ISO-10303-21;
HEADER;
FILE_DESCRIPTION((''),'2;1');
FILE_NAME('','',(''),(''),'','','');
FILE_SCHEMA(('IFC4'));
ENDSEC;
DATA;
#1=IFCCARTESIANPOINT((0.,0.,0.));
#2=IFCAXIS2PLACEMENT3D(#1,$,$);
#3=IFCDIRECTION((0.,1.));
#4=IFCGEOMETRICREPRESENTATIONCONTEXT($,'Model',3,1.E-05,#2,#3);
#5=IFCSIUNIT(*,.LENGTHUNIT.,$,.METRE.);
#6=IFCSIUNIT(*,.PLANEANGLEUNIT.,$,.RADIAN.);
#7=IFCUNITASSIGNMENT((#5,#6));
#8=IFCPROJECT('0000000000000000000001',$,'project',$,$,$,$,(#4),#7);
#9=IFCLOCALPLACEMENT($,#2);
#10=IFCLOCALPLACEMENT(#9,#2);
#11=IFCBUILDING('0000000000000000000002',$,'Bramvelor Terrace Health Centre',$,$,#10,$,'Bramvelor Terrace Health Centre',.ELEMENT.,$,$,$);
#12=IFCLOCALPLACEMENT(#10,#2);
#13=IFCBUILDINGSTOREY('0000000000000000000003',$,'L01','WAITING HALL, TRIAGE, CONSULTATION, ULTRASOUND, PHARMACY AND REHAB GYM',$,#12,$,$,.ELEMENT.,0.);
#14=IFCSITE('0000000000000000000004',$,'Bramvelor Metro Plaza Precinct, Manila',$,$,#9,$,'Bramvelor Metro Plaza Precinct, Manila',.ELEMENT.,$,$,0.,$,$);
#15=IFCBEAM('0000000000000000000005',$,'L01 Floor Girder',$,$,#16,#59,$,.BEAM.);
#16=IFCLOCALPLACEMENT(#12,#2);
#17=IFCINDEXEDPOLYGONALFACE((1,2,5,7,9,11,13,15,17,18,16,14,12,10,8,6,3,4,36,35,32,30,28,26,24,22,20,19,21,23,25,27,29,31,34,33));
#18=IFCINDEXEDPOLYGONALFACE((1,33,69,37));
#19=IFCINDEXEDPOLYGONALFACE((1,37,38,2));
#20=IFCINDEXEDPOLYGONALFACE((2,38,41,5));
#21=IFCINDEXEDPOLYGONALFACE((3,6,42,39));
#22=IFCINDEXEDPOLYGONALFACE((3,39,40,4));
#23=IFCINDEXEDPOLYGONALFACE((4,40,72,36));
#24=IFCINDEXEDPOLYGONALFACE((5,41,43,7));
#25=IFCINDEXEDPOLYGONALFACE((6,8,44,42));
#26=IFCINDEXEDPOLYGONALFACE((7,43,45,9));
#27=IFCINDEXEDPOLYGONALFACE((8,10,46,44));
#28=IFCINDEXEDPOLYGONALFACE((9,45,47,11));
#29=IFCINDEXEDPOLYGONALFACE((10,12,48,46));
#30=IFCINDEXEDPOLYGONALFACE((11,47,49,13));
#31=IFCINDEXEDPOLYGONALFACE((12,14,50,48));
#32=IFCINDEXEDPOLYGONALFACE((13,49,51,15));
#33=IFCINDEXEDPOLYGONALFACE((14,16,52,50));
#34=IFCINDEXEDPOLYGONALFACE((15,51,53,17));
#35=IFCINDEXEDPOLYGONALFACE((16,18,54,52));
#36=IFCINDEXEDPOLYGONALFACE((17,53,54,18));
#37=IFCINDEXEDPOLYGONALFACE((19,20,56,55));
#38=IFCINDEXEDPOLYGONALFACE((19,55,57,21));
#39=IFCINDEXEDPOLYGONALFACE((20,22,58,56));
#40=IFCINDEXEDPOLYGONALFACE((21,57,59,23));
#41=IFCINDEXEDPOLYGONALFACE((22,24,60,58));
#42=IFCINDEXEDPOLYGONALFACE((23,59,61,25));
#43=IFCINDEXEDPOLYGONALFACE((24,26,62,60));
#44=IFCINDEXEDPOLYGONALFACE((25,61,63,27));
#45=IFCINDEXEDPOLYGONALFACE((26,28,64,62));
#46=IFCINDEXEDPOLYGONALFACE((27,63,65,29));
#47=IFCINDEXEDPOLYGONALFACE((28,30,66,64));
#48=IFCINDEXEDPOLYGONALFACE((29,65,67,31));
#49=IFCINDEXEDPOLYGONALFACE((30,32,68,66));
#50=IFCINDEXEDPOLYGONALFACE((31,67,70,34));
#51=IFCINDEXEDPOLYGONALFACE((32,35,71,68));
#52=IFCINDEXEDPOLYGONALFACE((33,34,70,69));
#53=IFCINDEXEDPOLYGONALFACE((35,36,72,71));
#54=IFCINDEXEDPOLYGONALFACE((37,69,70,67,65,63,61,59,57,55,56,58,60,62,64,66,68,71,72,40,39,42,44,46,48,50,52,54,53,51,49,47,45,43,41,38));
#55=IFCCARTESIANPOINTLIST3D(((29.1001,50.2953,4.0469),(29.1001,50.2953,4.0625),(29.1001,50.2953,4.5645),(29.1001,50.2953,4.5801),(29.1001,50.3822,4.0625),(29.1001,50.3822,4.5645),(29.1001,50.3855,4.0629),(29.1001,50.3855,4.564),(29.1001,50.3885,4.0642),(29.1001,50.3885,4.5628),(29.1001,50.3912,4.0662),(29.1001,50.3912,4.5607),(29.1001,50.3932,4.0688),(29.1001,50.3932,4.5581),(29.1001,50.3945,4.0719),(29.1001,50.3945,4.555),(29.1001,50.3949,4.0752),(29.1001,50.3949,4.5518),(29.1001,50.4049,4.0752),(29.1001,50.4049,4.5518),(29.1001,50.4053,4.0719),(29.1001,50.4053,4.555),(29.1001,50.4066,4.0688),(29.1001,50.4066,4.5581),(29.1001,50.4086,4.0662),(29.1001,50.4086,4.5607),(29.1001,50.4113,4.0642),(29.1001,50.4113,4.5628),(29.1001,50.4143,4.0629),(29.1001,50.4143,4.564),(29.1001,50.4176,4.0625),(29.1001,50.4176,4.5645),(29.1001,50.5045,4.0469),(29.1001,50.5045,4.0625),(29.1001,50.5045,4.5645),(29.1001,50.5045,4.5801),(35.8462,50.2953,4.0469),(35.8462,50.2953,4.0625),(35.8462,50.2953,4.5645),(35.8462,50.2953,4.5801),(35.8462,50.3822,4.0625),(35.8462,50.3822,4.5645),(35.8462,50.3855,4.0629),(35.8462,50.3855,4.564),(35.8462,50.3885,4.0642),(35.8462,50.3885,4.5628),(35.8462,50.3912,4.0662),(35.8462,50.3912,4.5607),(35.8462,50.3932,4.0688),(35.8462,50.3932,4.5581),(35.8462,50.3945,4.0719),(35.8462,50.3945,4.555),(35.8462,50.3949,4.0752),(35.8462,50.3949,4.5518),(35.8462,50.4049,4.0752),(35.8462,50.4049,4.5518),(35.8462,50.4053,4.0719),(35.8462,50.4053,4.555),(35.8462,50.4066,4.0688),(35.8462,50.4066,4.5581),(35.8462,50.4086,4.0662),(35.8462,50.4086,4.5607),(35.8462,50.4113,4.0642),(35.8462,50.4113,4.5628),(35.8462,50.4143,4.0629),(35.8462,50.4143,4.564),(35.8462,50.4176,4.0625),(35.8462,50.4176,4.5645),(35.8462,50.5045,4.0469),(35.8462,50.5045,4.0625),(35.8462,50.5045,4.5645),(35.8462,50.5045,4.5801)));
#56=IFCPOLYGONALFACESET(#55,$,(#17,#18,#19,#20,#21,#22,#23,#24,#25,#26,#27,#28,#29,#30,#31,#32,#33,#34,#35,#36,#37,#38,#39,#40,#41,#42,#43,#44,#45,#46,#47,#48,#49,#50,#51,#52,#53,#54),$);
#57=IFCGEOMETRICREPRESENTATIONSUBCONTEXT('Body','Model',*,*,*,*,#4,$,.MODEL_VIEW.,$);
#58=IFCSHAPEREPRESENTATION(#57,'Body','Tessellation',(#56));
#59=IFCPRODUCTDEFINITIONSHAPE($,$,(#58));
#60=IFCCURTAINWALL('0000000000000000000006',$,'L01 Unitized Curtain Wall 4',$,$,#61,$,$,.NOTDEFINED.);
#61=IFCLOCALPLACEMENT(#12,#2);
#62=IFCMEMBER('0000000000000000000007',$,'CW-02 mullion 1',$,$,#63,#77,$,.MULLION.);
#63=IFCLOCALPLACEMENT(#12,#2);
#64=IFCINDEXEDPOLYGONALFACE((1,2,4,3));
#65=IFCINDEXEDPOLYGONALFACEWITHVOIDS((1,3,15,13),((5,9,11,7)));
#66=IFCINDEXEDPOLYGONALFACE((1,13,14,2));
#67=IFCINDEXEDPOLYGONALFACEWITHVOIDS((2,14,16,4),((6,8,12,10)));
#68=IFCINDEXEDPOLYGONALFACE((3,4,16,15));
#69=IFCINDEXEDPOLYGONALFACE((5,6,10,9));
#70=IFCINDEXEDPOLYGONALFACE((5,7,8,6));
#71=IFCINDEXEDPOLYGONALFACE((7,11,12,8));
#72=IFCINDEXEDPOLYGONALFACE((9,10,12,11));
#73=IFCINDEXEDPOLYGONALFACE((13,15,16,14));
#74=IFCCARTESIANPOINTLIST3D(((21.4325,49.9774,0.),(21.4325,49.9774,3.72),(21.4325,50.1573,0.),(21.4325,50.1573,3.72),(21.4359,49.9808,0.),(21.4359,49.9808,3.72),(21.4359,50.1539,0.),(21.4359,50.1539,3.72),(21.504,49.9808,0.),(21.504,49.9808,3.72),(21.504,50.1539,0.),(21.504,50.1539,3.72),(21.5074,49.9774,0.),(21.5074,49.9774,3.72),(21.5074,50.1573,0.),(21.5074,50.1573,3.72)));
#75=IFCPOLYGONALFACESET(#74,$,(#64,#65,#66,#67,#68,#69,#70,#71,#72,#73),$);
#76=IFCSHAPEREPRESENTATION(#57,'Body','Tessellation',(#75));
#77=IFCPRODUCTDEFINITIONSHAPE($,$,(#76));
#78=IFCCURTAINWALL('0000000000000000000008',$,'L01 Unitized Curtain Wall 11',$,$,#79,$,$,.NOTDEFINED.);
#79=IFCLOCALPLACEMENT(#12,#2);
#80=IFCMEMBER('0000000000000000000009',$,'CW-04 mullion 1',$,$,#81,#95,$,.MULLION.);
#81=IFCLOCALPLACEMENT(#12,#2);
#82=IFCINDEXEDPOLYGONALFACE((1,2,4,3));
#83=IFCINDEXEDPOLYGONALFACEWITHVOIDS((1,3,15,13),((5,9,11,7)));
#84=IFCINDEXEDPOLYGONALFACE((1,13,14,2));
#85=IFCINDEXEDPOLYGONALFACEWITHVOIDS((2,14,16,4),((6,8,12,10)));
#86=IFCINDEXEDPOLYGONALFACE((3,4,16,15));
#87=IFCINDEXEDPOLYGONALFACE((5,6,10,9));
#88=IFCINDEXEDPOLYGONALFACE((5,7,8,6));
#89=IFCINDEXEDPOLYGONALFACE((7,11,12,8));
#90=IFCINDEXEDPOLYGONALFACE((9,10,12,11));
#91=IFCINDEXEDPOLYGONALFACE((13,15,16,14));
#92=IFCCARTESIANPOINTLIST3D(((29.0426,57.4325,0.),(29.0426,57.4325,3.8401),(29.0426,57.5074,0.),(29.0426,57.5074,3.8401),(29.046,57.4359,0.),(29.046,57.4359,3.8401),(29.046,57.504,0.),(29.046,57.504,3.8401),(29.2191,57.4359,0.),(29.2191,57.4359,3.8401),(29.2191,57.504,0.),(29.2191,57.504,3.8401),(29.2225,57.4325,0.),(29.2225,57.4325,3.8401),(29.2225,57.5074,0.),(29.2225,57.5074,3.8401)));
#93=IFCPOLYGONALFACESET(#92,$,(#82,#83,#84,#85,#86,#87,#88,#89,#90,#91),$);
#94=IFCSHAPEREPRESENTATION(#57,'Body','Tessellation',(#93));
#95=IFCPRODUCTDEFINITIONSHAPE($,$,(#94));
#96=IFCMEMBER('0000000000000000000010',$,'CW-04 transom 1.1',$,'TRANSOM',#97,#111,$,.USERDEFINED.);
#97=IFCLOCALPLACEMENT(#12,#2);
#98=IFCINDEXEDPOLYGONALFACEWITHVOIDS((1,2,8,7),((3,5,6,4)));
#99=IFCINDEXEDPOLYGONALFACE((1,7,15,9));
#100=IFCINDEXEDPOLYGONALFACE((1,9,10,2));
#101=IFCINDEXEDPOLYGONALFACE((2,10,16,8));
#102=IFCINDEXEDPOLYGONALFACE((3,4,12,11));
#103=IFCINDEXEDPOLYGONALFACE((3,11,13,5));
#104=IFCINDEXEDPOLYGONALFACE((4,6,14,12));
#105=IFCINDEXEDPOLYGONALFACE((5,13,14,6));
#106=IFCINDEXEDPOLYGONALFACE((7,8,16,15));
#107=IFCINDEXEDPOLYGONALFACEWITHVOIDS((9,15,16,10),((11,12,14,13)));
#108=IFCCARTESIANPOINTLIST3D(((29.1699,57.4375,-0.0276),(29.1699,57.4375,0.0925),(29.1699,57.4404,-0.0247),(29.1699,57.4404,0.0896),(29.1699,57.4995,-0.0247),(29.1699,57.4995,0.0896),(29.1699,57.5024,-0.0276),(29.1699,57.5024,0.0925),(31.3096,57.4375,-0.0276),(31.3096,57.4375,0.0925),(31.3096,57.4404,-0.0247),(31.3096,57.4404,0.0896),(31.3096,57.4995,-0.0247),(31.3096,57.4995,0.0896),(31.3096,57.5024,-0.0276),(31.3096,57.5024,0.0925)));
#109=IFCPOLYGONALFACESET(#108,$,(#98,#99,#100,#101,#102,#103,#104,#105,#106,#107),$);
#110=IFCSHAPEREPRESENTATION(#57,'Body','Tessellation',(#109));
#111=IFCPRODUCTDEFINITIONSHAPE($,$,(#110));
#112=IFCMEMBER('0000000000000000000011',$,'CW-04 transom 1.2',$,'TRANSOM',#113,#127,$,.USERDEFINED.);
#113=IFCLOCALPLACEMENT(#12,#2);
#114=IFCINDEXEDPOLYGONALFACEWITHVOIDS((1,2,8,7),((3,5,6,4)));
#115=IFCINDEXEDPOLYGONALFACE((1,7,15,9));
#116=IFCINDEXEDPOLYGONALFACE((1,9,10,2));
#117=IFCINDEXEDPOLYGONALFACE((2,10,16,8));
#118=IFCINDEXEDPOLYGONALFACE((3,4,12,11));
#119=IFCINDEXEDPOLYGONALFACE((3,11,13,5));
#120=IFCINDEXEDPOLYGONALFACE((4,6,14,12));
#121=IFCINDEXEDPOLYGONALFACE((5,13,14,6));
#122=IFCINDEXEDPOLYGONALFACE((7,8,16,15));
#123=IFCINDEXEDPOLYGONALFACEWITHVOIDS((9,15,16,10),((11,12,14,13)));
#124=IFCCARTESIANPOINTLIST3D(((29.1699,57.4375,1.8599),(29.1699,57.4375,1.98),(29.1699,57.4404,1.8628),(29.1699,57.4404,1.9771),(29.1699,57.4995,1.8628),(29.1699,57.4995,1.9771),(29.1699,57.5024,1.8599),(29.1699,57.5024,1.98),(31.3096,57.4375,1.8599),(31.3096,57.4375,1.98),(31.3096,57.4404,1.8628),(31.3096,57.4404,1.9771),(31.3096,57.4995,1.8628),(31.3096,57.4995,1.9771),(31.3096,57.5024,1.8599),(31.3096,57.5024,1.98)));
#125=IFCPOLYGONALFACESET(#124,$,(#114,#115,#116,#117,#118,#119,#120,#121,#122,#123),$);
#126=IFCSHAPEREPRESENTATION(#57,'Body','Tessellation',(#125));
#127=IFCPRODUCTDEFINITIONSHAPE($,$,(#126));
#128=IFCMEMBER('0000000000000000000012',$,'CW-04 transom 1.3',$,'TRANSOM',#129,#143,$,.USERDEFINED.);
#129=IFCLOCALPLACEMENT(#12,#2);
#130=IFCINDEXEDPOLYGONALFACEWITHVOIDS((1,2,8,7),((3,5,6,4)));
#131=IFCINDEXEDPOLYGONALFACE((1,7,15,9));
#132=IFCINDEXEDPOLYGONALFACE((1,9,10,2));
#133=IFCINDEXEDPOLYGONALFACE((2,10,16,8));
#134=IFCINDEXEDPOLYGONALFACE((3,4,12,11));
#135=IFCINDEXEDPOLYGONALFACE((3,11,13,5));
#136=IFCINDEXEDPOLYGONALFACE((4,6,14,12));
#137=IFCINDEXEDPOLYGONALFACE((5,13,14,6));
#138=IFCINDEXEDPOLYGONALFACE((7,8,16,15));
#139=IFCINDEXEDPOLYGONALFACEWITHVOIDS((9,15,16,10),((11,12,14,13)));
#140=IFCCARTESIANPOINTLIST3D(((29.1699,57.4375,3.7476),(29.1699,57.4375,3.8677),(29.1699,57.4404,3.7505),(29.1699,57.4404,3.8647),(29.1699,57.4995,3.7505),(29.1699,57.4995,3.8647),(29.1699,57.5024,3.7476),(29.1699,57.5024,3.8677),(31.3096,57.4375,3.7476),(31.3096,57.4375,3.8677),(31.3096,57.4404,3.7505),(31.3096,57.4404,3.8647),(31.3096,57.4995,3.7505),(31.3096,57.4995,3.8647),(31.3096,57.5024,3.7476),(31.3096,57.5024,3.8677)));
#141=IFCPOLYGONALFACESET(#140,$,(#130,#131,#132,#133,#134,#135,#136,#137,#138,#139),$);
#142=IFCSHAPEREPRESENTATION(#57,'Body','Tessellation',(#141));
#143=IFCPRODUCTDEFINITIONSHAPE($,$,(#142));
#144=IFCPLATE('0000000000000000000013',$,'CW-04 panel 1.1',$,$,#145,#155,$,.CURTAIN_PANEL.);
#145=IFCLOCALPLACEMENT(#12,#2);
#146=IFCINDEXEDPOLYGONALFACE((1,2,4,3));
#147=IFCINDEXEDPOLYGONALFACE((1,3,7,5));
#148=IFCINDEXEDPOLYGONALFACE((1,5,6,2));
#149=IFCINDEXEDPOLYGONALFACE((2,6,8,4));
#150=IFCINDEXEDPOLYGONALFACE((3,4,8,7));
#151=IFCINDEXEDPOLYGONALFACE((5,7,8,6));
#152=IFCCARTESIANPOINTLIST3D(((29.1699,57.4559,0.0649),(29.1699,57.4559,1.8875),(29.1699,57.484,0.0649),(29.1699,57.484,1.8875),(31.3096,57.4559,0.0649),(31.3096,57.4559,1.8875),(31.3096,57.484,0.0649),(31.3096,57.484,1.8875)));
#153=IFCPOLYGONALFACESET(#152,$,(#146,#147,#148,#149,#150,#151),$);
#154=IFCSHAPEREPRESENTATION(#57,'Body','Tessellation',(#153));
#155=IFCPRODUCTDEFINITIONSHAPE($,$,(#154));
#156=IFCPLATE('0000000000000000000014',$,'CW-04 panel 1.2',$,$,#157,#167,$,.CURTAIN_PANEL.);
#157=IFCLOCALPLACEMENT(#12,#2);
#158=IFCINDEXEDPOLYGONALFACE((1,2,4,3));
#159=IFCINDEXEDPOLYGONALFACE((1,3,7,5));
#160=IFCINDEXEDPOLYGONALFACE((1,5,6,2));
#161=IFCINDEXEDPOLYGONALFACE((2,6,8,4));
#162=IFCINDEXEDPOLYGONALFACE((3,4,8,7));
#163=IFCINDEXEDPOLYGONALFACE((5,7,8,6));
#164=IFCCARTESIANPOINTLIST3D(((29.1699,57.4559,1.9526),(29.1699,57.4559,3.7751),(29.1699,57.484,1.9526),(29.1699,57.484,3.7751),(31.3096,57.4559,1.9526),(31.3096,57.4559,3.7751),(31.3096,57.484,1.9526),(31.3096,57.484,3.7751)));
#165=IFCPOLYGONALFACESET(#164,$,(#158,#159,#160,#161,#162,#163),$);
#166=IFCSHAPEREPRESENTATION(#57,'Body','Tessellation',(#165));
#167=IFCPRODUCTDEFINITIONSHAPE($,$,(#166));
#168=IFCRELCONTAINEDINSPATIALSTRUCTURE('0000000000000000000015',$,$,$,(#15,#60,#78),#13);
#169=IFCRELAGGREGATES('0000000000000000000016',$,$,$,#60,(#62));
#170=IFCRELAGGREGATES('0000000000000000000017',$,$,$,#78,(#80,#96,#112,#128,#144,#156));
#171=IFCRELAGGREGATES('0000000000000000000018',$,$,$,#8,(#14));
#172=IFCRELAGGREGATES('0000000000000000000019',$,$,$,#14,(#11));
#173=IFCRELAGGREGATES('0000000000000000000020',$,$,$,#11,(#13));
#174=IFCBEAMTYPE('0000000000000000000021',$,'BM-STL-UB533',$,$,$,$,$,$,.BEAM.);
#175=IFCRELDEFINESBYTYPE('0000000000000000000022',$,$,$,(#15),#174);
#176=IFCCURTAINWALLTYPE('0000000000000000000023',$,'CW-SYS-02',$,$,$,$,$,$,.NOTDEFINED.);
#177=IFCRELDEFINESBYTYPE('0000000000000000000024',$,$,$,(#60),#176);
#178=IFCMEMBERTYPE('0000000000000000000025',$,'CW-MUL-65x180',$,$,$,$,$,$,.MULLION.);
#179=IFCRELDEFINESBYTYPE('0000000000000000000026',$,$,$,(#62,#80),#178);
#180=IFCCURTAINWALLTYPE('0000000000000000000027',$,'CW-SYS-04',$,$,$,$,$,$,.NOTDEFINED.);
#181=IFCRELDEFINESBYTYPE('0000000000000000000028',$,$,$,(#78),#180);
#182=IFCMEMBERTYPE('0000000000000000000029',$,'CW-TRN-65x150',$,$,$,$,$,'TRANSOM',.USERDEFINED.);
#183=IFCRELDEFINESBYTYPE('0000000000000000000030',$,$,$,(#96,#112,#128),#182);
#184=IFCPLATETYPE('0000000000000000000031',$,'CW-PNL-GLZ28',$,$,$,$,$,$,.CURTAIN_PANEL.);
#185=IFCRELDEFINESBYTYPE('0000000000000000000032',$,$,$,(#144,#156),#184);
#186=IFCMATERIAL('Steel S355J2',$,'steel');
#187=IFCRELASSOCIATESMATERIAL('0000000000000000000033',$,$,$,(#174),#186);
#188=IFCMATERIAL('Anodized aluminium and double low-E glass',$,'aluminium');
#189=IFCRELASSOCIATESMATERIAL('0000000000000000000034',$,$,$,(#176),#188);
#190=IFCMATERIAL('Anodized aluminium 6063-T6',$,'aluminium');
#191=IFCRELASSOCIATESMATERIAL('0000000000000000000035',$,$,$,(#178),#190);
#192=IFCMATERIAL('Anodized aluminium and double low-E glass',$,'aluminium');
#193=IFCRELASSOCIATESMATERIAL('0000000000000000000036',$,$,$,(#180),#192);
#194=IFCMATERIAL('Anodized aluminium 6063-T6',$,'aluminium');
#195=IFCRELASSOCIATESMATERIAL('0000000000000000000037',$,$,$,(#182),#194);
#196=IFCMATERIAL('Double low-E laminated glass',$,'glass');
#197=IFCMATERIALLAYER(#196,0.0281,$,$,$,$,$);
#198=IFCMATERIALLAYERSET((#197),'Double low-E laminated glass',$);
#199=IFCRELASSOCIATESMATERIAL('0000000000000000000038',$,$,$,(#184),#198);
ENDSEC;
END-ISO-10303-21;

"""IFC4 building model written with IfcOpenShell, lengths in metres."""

from ifc_helpers import new_model, si_unit, direction, frame, origin, origin_2d, place, context, subcontext, project, spatial, rectangle, hollow_rectangle, i_section, extrude, material, layer, layer_set, material_profile, profile_set, type_object, element, aggregate, save


model = new_model("IFC4")

# Units and contexts
model_context = context("Model", 3, precision=1e-05, world=origin(), true_north=direction((0.0, 1.0)))
body_context = subcontext(model_context, "Body", "Model", "MODEL_VIEW")
ifc_project = project(units=[si_unit("LENGTHUNIT", "METRE"), si_unit("PLANEANGLEUNIT", "RADIAN")], contexts=[model_context])

# Site, building, storey
site_placement = place(None, origin())
site = spatial("IfcSite", under=ifc_project, at=site_placement, Name="Bramvelor Metro Plaza Precinct, Manila", LongName="Bramvelor Metro Plaza Precinct, Manila", CompositionType="ELEMENT", RefElevation=0.0)
building_placement = place(site_placement, origin())
building = spatial("IfcBuilding", under=site, at=building_placement, Name="Bramvelor Terrace Health Centre", LongName="Bramvelor Terrace Health Centre", CompositionType="ELEMENT")
storey_placement = place(building_placement, origin())
storey = spatial("IfcBuildingStorey", under=building, at=storey_placement, Name="L01", Description="WAITING HALL, TRIAGE, CONSULTATION, ULTRASOUND, PHARMACY AND REHAB GYM", CompositionType="ELEMENT", Elevation=0.0)

# Beam
ifc_material_1 = material(Name="Steel S355J2", Category="steel")
ifc_material_profile_1 = material_profile(ifc_material_1, i_section(OverallWidth=0.2092, OverallDepth=0.5332, WebThickness=0.01, FlangeThickness=0.0156, FilletRadius=0.0127, at=origin_2d()), Name="UB 533x210x92")
ifc_profile_set_1 = profile_set([ifc_material_profile_1], Name="Steel S355J2")
beam_type_1 = type_object("IfcBeamType", Name="BM-STL-UB533", PredefinedType="BEAM", material=ifc_profile_set_1)
beam_1_placement = place(storey_placement, frame((29.1001, 50.3999, 4.3135), z_axis=(1.0, 0.0, 0.0), x_axis=(0.0, 1.0, 0.0)))
element("IfcBeam", 1, at=beam_1_placement, inside=storey, type_object=beam_type_1, Name="L01 Floor Girder", PredefinedType="BEAM", context=body_context, shape_type="SweptSolid", body=[
    extrude(i_section(OverallWidth=0.2092, OverallDepth=0.5332, WebThickness=0.01, FlangeThickness=0.0156, FilletRadius=0.0127, at=origin_2d()), origin(), (0.0, 0.0, 1.0), 6.7461),
])

# Curtain wall, member
ifc_material_2 = material(Name="Anodized aluminium and double low-E glass", Category="aluminium")
curtain_wall_type_1 = type_object("IfcCurtainWallType", Name="CW-SYS-02", PredefinedType="NOTDEFINED", material=ifc_material_2)
curtain_wall_1_placement = place(storey_placement, origin())
curtain_wall_1 = element("IfcCurtainWall", 2, at=curtain_wall_1_placement, inside=storey, type_object=curtain_wall_type_1, Name="L01 Unitized Curtain Wall 4", PredefinedType="NOTDEFINED")
ifc_material_3 = material(Name="Anodized aluminium 6063-T6", Category="aluminium")
ifc_material_profile_2 = material_profile(ifc_material_3, hollow_rectangle(XDim=0.075, YDim=0.1799, WallThickness=0.0034, at=origin_2d()), Name="ALU-MUL 75x180x3.5")
ifc_profile_set_2 = profile_set([ifc_material_profile_2], Name="Anodized aluminium 6063-T6")
member_type_1 = type_object("IfcMemberType", Name="CW-MUL-65x180", PredefinedType="MULLION", material=ifc_profile_set_2)
member_1_placement = place(storey_placement, frame((21.47, 50.0674, 0.0), z_axis=(0.0, 0.0, 1.0), x_axis=(1.0, 0.0, 0.0)))
member_1 = element("IfcMember", 3, at=member_1_placement, type_object=member_type_1, Name="CW-02 mullion 1", PredefinedType="MULLION", context=body_context, shape_type="SweptSolid", body=[
    extrude(hollow_rectangle(XDim=0.075, YDim=0.1799, WallThickness=0.0034, at=origin_2d()), origin(), (0.0, 0.0, 1.0), 3.72),
])
aggregate(curtain_wall_1, [member_1])

# Curtain wall, members, plates
ifc_material_4 = material(Name="Anodized aluminium and double low-E glass", Category="aluminium")
curtain_wall_type_2 = type_object("IfcCurtainWallType", Name="CW-SYS-04", PredefinedType="NOTDEFINED", material=ifc_material_4)
curtain_wall_2_placement = place(storey_placement, origin())
curtain_wall_2 = element("IfcCurtainWall", 4, at=curtain_wall_2_placement, inside=storey, type_object=curtain_wall_type_2, Name="L01 Unitized Curtain Wall 11", PredefinedType="NOTDEFINED")
member_2_placement = place(storey_placement, frame((29.1326, 57.47, 0.0), z_axis=(0.0, 0.0, 1.0), x_axis=(0.0, 1.0, 0.0)))
member_2 = element("IfcMember", 5, at=member_2_placement, type_object=member_type_1, Name="CW-04 mullion 1", PredefinedType="MULLION", context=body_context, shape_type="SweptSolid", body=[
    extrude(hollow_rectangle(XDim=0.075, YDim=0.1799, WallThickness=0.0034, at=origin_2d()), origin(), (0.0, 0.0, 1.0), 3.8401),
])
ifc_material_5 = material(Name="Anodized aluminium 6063-T6", Category="aluminium")
ifc_material_profile_3 = material_profile(ifc_material_5, hollow_rectangle(XDim=0.0649, YDim=0.1201, WallThickness=0.0029, at=origin_2d()), Name="ALU-TRN 65x120x3.0")
ifc_profile_set_3 = profile_set([ifc_material_profile_3], Name="Anodized aluminium 6063-T6")
member_type_2 = type_object("IfcMemberType", Name="CW-TRN-65x150", ElementType="TRANSOM", PredefinedType="USERDEFINED", material=ifc_profile_set_3)
member_3_placement = place(storey_placement, frame((29.1699, 57.47, 0.0325), z_axis=(1.0, 0.0, 0.0), x_axis=(0.0, 1.0, 0.0)))
member_3 = element("IfcMember", 6, at=member_3_placement, type_object=member_type_2, Name="CW-04 transom 1.1", ObjectType="TRANSOM", PredefinedType="USERDEFINED", context=body_context, shape_type="SweptSolid", body=[
    extrude(hollow_rectangle(XDim=0.0649, YDim=0.1201, WallThickness=0.0029, at=origin_2d()), origin(), (0.0, 0.0, 1.0), 2.1396),
])
member_4_placement = place(storey_placement, frame((29.1699, 57.47, 1.9199), z_axis=(1.0, 0.0, 0.0), x_axis=(0.0, 1.0, 0.0)))
member_4 = element("IfcMember", 7, at=member_4_placement, type_object=member_type_2, Name="CW-04 transom 1.2", ObjectType="TRANSOM", PredefinedType="USERDEFINED", context=body_context, shape_type="SweptSolid", body=[
    extrude(hollow_rectangle(XDim=0.0649, YDim=0.1201, WallThickness=0.0029, at=origin_2d()), origin(), (0.0, 0.0, 1.0), 2.1396),
])
member_5_placement = place(storey_placement, frame((29.1699, 57.47, 3.8076), z_axis=(1.0, 0.0, 0.0), x_axis=(0.0, 1.0, 0.0)))
member_5 = element("IfcMember", 8, at=member_5_placement, type_object=member_type_2, Name="CW-04 transom 1.3", ObjectType="TRANSOM", PredefinedType="USERDEFINED", context=body_context, shape_type="SweptSolid", body=[
    extrude(hollow_rectangle(XDim=0.0649, YDim=0.1201, WallThickness=0.0029, at=origin_2d()), origin(), (0.0, 0.0, 1.0), 2.1396),
])
ifc_material_6 = material(Name="Double low-E laminated glass", Category="glass")
ifc_layer_1 = layer(ifc_material_6, 0.0281)
ifc_layer_set_1 = layer_set([ifc_layer_1], Name="Double low-E laminated glass")
plate_type = type_object("IfcPlateType", Name="CW-PNL-GLZ28", PredefinedType="CURTAIN_PANEL", material=ifc_layer_set_1)
plate_1_placement = place(storey_placement, frame((30.2397, 57.47, 0.0649), z_axis=(0.0, 0.0, 1.0), x_axis=(1.0, 0.0, 0.0)))
plate_1 = element("IfcPlate", 9, at=plate_1_placement, type_object=plate_type, Name="CW-04 panel 1.1", PredefinedType="CURTAIN_PANEL", context=body_context, shape_type="SweptSolid", body=[
    extrude(rectangle(XDim=2.1396, YDim=0.0281, at=origin_2d()), origin(), (0.0, 0.0, 1.0), 1.8225),
])
plate_2_placement = place(storey_placement, frame((30.2397, 57.47, 1.9526), z_axis=(0.0, 0.0, 1.0), x_axis=(1.0, 0.0, 0.0)))
plate_2 = element("IfcPlate", 10, at=plate_2_placement, type_object=plate_type, Name="CW-04 panel 1.2", PredefinedType="CURTAIN_PANEL", context=body_context, shape_type="SweptSolid", body=[
    extrude(rectangle(XDim=2.1396, YDim=0.0281, at=origin_2d()), origin(), (0.0, 0.0, 1.0), 1.8225),
])
aggregate(curtain_wall_2, [member_2, member_3, member_4, member_5, plate_1, plate_2])

save(model, "model.ifc")
